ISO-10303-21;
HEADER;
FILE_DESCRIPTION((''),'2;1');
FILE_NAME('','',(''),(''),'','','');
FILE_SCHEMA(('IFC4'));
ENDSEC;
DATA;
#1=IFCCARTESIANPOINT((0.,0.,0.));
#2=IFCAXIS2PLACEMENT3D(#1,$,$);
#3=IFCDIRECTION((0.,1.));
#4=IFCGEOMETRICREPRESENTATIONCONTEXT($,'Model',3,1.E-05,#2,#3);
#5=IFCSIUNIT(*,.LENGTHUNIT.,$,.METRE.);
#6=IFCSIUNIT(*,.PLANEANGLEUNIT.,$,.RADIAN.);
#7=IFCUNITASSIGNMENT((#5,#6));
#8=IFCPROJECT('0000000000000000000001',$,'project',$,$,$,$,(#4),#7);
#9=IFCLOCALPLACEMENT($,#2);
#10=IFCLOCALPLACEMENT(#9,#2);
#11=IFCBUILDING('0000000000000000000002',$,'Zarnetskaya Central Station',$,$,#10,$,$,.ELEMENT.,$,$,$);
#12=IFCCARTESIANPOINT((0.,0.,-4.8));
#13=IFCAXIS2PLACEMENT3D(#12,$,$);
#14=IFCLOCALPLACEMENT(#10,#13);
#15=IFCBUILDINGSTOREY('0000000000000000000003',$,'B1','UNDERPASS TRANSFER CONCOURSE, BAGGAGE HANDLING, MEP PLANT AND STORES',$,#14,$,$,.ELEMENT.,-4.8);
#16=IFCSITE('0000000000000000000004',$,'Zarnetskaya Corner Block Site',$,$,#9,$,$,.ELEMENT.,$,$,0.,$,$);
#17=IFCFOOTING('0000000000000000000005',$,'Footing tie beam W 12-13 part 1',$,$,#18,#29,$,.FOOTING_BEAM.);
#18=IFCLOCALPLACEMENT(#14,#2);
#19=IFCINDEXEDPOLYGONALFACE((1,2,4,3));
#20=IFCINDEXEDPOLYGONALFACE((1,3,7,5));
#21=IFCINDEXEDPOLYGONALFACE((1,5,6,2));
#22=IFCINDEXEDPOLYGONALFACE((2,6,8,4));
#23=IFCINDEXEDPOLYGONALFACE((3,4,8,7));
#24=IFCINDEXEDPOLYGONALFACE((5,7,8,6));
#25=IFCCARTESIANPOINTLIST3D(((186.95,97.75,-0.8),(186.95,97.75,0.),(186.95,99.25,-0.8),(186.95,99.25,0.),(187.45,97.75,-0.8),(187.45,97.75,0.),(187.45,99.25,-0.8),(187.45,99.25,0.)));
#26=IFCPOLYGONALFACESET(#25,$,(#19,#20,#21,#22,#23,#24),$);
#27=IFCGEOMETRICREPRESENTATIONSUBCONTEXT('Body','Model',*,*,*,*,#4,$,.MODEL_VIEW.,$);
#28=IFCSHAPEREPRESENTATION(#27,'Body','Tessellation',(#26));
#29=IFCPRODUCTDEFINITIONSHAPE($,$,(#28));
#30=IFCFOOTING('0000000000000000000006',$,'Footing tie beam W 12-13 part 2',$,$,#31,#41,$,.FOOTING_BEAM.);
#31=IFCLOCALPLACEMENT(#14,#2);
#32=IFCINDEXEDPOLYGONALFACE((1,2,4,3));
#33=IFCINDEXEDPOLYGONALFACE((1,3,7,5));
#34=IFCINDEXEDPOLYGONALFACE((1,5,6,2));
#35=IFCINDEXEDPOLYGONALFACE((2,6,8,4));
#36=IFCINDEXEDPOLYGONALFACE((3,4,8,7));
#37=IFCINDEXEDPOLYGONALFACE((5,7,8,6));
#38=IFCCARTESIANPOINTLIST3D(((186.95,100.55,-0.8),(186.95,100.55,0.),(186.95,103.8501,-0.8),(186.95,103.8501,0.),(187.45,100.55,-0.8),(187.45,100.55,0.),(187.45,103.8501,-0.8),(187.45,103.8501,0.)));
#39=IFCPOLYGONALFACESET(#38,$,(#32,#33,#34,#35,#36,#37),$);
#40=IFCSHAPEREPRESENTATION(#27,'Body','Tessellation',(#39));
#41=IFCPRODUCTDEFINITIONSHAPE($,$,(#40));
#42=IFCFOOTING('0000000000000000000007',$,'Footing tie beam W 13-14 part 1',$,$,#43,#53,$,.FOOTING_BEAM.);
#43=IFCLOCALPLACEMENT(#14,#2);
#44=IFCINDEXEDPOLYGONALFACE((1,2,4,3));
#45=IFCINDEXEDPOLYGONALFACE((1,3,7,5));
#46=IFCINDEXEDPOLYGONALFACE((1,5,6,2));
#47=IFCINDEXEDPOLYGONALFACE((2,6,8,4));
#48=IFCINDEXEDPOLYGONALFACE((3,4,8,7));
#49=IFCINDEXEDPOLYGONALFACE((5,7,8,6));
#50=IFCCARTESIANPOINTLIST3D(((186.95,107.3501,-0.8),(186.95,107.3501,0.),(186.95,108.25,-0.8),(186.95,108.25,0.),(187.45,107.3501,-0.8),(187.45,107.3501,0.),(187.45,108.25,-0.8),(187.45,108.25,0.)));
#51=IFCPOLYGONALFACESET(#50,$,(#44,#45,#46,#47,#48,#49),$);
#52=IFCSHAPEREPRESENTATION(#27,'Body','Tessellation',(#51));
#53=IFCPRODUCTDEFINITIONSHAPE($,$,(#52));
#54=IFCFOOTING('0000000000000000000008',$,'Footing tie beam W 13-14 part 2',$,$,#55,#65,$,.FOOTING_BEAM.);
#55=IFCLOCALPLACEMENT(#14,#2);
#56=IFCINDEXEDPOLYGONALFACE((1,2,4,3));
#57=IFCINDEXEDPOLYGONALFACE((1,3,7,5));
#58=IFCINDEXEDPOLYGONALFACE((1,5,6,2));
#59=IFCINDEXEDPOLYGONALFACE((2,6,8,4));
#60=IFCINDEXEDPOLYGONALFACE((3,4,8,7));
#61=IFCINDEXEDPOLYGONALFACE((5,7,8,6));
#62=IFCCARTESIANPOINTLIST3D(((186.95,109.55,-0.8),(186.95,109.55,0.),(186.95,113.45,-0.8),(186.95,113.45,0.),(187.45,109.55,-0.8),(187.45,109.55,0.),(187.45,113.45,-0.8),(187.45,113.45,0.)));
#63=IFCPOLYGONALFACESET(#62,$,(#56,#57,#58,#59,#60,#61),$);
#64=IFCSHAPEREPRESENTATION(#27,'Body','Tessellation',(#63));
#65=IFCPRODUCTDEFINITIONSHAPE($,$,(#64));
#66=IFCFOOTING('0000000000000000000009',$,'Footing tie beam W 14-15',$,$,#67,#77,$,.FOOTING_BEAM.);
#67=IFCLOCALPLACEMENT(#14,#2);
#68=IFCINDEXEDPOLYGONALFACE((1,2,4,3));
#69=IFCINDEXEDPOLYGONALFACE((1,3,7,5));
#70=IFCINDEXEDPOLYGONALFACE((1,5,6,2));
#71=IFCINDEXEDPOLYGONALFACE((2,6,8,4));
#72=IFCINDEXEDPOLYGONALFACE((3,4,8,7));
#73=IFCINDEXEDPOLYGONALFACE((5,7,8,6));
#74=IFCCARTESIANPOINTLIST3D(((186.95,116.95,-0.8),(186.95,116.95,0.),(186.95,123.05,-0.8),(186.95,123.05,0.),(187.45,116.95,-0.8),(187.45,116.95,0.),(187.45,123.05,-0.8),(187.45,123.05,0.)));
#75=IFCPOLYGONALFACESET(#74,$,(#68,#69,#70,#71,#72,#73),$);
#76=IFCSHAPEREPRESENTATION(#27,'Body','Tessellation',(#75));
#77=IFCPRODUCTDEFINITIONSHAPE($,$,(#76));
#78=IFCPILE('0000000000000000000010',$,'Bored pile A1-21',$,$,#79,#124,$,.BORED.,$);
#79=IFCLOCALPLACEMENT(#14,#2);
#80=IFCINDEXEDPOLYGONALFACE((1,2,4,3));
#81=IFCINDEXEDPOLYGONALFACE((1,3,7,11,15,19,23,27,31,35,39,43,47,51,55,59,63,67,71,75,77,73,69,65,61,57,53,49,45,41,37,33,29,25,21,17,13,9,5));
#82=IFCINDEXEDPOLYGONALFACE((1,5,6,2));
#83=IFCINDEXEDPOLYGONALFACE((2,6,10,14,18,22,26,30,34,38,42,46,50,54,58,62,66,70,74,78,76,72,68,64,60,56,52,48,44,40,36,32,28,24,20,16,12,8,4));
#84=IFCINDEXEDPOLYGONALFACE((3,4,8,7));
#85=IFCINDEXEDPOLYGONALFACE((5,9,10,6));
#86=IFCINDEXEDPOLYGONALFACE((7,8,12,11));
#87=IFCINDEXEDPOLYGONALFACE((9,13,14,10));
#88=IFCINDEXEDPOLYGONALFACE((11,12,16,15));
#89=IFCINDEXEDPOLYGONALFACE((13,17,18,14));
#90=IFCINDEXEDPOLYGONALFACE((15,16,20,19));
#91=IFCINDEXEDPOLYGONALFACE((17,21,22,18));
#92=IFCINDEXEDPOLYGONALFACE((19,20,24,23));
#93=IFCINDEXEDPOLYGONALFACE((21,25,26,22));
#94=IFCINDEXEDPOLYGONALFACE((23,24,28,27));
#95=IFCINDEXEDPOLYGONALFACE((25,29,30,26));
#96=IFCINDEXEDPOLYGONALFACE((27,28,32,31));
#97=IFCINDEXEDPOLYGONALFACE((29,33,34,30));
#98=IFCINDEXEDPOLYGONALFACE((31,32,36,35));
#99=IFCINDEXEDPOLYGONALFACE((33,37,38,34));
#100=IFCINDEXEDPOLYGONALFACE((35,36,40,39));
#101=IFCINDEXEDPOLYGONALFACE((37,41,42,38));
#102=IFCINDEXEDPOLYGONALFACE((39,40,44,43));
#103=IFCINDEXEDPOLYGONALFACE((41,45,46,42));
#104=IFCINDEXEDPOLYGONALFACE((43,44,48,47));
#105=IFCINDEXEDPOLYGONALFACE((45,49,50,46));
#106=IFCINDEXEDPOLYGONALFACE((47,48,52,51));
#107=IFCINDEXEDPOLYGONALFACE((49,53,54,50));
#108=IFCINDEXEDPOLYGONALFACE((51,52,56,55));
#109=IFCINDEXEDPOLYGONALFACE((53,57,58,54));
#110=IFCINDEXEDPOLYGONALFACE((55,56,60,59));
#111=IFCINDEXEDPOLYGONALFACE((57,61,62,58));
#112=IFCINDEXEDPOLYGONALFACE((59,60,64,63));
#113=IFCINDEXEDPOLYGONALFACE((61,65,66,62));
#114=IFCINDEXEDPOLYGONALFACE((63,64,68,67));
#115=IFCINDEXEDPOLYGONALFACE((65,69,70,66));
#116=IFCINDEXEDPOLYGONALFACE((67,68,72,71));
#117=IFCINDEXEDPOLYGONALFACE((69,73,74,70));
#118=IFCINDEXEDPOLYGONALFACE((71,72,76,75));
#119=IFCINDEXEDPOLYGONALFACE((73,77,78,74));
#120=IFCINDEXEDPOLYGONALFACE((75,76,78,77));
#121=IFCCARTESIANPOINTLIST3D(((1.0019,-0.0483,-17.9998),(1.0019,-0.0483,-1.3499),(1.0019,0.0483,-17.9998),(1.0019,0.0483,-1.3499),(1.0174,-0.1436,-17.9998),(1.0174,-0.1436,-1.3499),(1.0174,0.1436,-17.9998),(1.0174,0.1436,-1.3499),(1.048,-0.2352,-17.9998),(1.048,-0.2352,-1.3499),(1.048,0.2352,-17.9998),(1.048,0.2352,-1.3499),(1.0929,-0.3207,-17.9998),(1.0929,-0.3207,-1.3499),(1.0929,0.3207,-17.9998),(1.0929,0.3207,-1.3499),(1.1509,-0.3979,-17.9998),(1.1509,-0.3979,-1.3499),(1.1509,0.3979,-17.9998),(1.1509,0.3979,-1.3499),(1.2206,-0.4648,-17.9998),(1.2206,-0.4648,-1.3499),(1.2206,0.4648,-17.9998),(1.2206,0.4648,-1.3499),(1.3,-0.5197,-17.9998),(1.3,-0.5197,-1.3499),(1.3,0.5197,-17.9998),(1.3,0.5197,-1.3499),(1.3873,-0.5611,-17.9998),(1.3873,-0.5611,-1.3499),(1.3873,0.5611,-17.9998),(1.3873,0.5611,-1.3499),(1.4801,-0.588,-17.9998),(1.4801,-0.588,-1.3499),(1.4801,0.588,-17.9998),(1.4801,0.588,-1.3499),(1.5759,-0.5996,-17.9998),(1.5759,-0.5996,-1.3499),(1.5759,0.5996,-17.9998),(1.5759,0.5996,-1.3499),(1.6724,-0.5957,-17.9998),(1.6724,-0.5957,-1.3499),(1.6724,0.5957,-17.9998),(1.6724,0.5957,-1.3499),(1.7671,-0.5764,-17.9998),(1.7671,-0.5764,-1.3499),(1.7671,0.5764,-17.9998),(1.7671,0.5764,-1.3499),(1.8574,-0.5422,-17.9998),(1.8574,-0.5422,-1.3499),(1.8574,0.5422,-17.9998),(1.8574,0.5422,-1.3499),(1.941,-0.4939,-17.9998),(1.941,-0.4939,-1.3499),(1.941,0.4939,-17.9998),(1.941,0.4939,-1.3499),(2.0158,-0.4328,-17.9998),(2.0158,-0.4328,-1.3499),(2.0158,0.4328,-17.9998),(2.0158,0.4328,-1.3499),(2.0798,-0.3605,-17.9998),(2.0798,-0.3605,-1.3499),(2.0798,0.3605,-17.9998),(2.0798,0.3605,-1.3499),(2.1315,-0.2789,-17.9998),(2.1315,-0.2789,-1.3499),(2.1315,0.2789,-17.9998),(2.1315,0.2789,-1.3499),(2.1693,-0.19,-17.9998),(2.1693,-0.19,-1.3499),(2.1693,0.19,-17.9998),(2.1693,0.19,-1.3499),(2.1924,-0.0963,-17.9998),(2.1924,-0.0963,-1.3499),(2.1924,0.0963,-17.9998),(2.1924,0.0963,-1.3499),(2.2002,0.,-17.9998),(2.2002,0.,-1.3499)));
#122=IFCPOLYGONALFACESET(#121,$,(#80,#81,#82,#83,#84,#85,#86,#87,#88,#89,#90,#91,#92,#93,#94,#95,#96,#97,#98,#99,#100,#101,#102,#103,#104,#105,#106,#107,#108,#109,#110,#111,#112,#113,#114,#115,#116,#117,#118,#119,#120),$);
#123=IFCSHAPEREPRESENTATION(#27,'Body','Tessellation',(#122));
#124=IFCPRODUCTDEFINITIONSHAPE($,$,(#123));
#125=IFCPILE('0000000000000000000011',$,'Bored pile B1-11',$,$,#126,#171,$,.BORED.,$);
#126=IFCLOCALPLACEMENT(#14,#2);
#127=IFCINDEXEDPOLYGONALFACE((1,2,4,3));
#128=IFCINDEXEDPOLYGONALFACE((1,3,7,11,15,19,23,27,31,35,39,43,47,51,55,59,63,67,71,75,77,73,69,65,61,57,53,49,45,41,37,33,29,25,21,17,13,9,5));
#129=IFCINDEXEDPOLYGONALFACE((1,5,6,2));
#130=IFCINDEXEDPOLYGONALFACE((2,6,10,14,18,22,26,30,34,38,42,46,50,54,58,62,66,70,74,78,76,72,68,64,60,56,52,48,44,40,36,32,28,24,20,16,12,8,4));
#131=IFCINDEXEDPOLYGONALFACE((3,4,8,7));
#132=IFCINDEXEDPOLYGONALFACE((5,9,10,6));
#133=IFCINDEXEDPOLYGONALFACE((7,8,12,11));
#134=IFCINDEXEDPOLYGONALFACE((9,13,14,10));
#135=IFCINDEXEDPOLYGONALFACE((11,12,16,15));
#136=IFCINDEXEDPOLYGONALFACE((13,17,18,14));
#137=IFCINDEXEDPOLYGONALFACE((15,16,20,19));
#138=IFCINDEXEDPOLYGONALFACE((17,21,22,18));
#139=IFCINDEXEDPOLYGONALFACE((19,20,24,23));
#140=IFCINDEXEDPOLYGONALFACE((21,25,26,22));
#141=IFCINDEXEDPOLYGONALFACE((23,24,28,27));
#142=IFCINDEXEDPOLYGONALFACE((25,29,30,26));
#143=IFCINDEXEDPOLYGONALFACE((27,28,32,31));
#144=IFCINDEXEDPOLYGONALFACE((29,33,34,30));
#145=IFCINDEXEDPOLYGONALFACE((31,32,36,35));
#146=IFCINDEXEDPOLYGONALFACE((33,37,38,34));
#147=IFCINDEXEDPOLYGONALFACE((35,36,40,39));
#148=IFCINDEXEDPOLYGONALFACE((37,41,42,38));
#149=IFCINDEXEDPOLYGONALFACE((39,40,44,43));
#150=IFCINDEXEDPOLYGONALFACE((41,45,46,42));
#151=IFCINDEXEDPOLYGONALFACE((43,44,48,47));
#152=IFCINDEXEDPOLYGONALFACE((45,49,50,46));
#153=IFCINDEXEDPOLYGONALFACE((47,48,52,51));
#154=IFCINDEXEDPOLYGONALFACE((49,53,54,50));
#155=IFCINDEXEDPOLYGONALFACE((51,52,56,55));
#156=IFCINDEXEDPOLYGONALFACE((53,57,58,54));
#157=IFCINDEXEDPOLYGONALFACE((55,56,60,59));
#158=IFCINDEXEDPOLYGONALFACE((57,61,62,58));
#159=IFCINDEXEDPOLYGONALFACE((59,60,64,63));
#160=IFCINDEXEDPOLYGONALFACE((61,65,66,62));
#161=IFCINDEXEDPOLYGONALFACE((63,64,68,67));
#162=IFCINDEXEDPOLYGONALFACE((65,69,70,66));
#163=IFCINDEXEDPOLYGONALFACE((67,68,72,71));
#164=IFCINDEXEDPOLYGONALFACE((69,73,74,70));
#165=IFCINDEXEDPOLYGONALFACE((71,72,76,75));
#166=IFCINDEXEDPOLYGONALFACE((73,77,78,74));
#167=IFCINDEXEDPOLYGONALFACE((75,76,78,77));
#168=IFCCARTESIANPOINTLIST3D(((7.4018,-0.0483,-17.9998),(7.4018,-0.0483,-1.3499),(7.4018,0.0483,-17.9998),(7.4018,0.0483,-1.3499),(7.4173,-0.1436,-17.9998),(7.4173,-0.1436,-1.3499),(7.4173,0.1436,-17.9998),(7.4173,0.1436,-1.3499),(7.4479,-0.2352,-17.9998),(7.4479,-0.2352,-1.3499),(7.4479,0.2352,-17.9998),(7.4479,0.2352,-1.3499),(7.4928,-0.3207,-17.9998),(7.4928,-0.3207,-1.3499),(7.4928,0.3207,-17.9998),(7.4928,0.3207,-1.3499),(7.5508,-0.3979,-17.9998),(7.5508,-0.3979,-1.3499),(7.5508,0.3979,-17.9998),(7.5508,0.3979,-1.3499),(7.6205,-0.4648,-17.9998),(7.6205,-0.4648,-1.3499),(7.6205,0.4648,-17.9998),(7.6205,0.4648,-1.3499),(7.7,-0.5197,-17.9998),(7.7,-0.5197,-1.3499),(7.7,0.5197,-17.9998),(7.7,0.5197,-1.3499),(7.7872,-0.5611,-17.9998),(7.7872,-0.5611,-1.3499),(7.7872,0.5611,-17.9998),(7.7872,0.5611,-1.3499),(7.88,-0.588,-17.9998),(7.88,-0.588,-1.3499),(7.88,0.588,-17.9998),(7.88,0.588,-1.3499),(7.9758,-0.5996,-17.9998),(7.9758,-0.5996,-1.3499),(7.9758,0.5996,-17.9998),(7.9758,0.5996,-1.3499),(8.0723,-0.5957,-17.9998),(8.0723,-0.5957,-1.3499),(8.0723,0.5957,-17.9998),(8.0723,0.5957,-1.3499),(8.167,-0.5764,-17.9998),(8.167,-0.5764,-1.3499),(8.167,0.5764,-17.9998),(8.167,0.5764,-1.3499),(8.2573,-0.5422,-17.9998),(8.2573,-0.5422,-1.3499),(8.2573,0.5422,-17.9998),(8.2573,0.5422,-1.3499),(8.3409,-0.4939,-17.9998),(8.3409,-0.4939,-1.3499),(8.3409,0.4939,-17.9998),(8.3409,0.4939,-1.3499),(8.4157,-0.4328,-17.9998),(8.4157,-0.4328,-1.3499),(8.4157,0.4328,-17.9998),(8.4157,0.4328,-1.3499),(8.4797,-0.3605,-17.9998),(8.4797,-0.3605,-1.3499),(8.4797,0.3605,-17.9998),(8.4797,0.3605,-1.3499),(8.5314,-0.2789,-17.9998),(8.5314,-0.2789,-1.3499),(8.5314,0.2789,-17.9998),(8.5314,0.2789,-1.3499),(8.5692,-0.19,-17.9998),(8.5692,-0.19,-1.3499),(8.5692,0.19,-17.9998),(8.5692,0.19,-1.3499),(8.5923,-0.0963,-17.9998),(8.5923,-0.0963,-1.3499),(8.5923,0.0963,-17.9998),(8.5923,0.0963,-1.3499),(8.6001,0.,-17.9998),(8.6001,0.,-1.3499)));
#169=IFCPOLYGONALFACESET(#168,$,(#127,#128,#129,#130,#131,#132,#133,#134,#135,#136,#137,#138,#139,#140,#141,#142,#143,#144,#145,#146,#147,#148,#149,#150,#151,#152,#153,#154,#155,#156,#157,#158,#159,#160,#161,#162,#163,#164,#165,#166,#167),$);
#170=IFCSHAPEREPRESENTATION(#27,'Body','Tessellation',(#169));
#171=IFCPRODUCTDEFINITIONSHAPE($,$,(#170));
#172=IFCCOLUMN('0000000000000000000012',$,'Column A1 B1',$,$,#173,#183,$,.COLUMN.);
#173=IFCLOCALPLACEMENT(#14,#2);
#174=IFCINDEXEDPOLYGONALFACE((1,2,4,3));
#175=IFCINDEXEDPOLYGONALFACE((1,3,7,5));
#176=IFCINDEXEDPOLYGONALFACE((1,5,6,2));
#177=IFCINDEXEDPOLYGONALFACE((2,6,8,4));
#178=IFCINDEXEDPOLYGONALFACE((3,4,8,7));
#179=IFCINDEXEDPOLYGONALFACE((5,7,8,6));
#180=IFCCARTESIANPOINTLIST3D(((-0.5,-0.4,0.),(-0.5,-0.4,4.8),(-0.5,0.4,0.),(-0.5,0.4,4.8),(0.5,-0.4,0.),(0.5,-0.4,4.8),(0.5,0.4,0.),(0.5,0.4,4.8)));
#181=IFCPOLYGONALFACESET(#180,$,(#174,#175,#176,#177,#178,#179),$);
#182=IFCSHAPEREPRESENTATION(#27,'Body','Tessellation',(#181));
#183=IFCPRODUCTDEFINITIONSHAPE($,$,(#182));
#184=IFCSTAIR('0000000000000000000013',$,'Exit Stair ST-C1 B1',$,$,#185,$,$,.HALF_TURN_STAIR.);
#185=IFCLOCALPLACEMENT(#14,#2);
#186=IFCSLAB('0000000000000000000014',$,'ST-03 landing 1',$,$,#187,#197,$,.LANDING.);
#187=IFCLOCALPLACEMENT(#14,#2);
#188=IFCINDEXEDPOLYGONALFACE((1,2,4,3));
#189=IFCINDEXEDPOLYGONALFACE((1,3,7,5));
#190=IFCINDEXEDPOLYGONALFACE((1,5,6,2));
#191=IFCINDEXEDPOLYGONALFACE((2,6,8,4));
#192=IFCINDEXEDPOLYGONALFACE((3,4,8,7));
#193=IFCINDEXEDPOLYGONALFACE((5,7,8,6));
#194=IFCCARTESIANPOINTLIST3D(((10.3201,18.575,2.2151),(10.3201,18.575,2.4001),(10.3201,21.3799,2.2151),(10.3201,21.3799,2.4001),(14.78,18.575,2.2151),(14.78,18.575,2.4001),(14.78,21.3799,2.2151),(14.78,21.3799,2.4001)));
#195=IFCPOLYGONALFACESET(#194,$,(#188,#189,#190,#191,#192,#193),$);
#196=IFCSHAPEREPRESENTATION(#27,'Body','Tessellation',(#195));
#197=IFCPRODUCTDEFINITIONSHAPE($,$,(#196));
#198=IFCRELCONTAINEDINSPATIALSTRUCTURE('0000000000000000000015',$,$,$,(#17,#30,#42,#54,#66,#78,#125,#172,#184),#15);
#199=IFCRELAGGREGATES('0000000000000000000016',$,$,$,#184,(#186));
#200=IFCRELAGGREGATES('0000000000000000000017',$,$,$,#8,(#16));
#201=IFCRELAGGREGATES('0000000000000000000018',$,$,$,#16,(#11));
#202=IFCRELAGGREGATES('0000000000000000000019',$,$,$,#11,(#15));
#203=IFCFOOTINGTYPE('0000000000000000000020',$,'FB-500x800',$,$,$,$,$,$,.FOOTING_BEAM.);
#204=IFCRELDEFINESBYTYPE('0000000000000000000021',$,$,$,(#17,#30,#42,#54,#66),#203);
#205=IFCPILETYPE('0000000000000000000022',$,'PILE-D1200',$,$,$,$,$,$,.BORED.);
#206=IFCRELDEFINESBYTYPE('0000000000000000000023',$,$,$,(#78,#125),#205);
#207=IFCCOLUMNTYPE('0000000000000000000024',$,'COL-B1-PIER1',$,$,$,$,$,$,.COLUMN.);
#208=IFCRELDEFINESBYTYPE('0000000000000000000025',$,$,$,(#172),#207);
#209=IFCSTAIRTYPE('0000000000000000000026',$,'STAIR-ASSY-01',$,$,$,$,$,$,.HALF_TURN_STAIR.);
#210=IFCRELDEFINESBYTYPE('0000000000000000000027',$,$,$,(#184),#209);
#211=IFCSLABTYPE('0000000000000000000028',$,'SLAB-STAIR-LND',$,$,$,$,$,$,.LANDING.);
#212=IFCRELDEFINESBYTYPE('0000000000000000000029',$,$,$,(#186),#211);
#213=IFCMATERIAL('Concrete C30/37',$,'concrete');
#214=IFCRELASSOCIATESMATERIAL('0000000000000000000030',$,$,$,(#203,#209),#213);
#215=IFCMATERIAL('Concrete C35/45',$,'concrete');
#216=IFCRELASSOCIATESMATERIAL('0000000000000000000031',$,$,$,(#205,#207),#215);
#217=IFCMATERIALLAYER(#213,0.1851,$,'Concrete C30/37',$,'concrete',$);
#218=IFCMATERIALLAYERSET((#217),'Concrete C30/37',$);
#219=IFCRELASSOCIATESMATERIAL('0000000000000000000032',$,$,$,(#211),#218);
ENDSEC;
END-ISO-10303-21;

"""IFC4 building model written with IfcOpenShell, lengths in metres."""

from ifc_helpers import new_model, si_unit, direction, frame, origin, origin_with_axes, origin_2d, place, context, subcontext, project, spatial, polyline, rectangle, circle, outline, extrude, material, layer, layer_set, material_profile, profile_set, type_object, element, aggregate, save


model = new_model("IFC4")

# Units and contexts
model_context = context("Model", 3, precision=1e-05, world=origin(), true_north=direction((0.0, 1.0)))
body_context = subcontext(model_context, "Body", "Model", "MODEL_VIEW")
ifc_project = project(units=[si_unit("LENGTHUNIT", "METRE"), si_unit("PLANEANGLEUNIT", "RADIAN")], contexts=[model_context])

# Site, building, storey
site_placement = place(None, origin())
site = spatial("IfcSite", under=ifc_project, at=site_placement, Name="Zarnetskaya Corner Block Site", CompositionType="ELEMENT", RefElevation=0.0)
building_placement = place(site_placement, origin())
building = spatial("IfcBuilding", under=site, at=building_placement, Name="Zarnetskaya Central Station", CompositionType="ELEMENT")
storey_placement = place(building_placement, frame((0.0, 0.0, -4.8)))
storey = spatial("IfcBuildingStorey", under=building, at=storey_placement, Name="B1", Description="UNDERPASS TRANSFER CONCOURSE, BAGGAGE HANDLING, MEP PLANT AND STORES", CompositionType="ELEMENT", Elevation=-4.8)

# Footings
ifc_material_1 = material(Name="Concrete C30/37", Category="concrete")
footing_type = type_object("IfcFootingType", Name="FB-500x800", PredefinedType="FOOTING_BEAM", material=ifc_material_1)
footing_1_placement = place(storey_placement, frame((0.0, 0.0, -0.8)))
element("IfcFooting", 1, at=footing_1_placement, inside=storey, type_object=footing_type, Name="Footing tie beam W 12-13 part 1", PredefinedType="FOOTING_BEAM", context=body_context, shape_type="SweptSolid", body=[
    extrude(outline(polyline([(186.95, 97.75), (187.45, 97.75), (187.45, 99.25), (186.95, 99.25), (186.95, 97.75)])), origin(), (0.0, 0.0, 1.0), 0.8),
])
footing_2_placement = place(storey_placement, frame((0.0, 0.0, -0.8)))
element("IfcFooting", 2, at=footing_2_placement, inside=storey, type_object=footing_type, Name="Footing tie beam W 12-13 part 2", PredefinedType="FOOTING_BEAM", context=body_context, shape_type="SweptSolid", body=[
    extrude(outline(polyline([(186.95, 100.55), (187.45, 100.55), (187.45, 103.8501), (186.95, 103.8501), (186.95, 100.55)])), origin(), (0.0, 0.0, 1.0), 0.8),
])
footing_3_placement = place(storey_placement, frame((0.0, 0.0, -0.8)))
element("IfcFooting", 3, at=footing_3_placement, inside=storey, type_object=footing_type, Name="Footing tie beam W 13-14 part 1", PredefinedType="FOOTING_BEAM", context=body_context, shape_type="SweptSolid", body=[
    extrude(outline(polyline([(186.95, 107.3501), (187.45, 107.3501), (187.45, 108.25), (186.95, 108.25), (186.95, 107.3501)])), origin(), (0.0, 0.0, 1.0), 0.8),
])
footing_4_placement = place(storey_placement, frame((0.0, 0.0, -0.8)))
element("IfcFooting", 4, at=footing_4_placement, inside=storey, type_object=footing_type, Name="Footing tie beam W 13-14 part 2", PredefinedType="FOOTING_BEAM", context=body_context, shape_type="SweptSolid", body=[
    extrude(outline(polyline([(186.95, 109.55), (187.45, 109.55), (187.45, 113.45), (186.95, 113.45), (186.95, 109.55)])), origin(), (0.0, 0.0, 1.0), 0.8),
])
footing_5_placement = place(storey_placement, frame((0.0, 0.0, -0.8)))
element("IfcFooting", 5, at=footing_5_placement, inside=storey, type_object=footing_type, Name="Footing tie beam W 14-15", PredefinedType="FOOTING_BEAM", context=body_context, shape_type="SweptSolid", body=[
    extrude(outline(polyline([(186.95, 116.95), (187.45, 116.95), (187.45, 123.05), (186.95, 123.05), (186.95, 116.95)])), origin(), (0.0, 0.0, 1.0), 0.8),
])

# Piles
ifc_material_2 = material(Name="Concrete C35/45", Category="concrete")
ifc_material_profile_1 = material_profile(ifc_material_2, circle(Radius=0.6001, at=origin_2d()), Name="BORED PILE D1200")
ifc_profile_set_1 = profile_set([ifc_material_profile_1], Name="Concrete C35/45")
pile_type = type_object("IfcPileType", Name="PILE-D1200", PredefinedType="BORED", material=ifc_profile_set_1)
for number, where, z_axis, x_axis, name in (
    (6, (1.6001, 0.0, -1.3499), (0.0, 0.0, -1.0), (1.0, 0.0, 0.0), "Bored pile A1-21"),
    (7, (8.0, 0.0, -1.3499), (0.0, 0.0, -1.0), (1.0, 0.0, 0.0), "Bored pile B1-11"),
):
    element("IfcPile", number, at=place(storey_placement, frame(where, z_axis=z_axis, x_axis=x_axis)), inside=storey, type_object=pile_type, Name=name, PredefinedType="BORED", context=body_context, shape_type="SweptSolid", body=[
        extrude(circle(Radius=0.6001, at=origin_2d()), origin(), (0.0, 0.0, 1.0), 16.6499),
    ])

# Column
ifc_material_profile_2 = material_profile(ifc_material_2, rectangle(XDim=1.0, YDim=0.8, at=origin_2d()), Name="RC PIER 1000x800")
ifc_profile_set_2 = profile_set([ifc_material_profile_2], Name="Concrete C35/45")
column_type = type_object("IfcColumnType", Name="COL-B1-PIER1", PredefinedType="COLUMN", material=ifc_profile_set_2)
column_placement = place(storey_placement, origin_with_axes())
element("IfcColumn", 8, at=column_placement, inside=storey, type_object=column_type, Name="Column A1 B1", PredefinedType="COLUMN", context=body_context, shape_type="SweptSolid", body=[
    extrude(rectangle(XDim=1.0, YDim=0.8, at=origin_2d()), origin(), (0.0, 0.0, 1.0), 4.8),
])

# Stair, slab
stair_type_1 = type_object("IfcStairType", Name="STAIR-ASSY-01", PredefinedType="HALF_TURN_STAIR", material=ifc_material_1)
stair_1_placement = place(storey_placement, origin())
stair_1 = element("IfcStair", 9, at=stair_1_placement, inside=storey, type_object=stair_type_1, Name="Exit Stair ST-C1 B1", PredefinedType="HALF_TURN_STAIR")
ifc_layer_1 = layer(ifc_material_1, 0.1851, Name="Concrete C30/37", Category="concrete")
ifc_layer_set_1 = layer_set([ifc_layer_1], Name="Concrete C30/37")
slab_type = type_object("IfcSlabType", Name="SLAB-STAIR-LND", PredefinedType="LANDING", material=ifc_layer_set_1)
slab_1_placement = place(storey_placement, frame((0.0, 0.0, 2.2151)))
slab_1 = element("IfcSlab", 10, at=slab_1_placement, type_object=slab_type, Name="ST-03 landing 1", PredefinedType="LANDING", context=body_context, shape_type="SweptSolid", body=[
    extrude(outline(polyline([(10.3201, 18.575), (14.78, 18.575), (14.78, 21.3799), (10.3201, 21.3799), (10.3201, 18.575)])), origin(), (0.0, 0.0, 1.0), 0.1851),
])
aggregate(stair_1, [slab_1])

save(model, "model.ifc")
